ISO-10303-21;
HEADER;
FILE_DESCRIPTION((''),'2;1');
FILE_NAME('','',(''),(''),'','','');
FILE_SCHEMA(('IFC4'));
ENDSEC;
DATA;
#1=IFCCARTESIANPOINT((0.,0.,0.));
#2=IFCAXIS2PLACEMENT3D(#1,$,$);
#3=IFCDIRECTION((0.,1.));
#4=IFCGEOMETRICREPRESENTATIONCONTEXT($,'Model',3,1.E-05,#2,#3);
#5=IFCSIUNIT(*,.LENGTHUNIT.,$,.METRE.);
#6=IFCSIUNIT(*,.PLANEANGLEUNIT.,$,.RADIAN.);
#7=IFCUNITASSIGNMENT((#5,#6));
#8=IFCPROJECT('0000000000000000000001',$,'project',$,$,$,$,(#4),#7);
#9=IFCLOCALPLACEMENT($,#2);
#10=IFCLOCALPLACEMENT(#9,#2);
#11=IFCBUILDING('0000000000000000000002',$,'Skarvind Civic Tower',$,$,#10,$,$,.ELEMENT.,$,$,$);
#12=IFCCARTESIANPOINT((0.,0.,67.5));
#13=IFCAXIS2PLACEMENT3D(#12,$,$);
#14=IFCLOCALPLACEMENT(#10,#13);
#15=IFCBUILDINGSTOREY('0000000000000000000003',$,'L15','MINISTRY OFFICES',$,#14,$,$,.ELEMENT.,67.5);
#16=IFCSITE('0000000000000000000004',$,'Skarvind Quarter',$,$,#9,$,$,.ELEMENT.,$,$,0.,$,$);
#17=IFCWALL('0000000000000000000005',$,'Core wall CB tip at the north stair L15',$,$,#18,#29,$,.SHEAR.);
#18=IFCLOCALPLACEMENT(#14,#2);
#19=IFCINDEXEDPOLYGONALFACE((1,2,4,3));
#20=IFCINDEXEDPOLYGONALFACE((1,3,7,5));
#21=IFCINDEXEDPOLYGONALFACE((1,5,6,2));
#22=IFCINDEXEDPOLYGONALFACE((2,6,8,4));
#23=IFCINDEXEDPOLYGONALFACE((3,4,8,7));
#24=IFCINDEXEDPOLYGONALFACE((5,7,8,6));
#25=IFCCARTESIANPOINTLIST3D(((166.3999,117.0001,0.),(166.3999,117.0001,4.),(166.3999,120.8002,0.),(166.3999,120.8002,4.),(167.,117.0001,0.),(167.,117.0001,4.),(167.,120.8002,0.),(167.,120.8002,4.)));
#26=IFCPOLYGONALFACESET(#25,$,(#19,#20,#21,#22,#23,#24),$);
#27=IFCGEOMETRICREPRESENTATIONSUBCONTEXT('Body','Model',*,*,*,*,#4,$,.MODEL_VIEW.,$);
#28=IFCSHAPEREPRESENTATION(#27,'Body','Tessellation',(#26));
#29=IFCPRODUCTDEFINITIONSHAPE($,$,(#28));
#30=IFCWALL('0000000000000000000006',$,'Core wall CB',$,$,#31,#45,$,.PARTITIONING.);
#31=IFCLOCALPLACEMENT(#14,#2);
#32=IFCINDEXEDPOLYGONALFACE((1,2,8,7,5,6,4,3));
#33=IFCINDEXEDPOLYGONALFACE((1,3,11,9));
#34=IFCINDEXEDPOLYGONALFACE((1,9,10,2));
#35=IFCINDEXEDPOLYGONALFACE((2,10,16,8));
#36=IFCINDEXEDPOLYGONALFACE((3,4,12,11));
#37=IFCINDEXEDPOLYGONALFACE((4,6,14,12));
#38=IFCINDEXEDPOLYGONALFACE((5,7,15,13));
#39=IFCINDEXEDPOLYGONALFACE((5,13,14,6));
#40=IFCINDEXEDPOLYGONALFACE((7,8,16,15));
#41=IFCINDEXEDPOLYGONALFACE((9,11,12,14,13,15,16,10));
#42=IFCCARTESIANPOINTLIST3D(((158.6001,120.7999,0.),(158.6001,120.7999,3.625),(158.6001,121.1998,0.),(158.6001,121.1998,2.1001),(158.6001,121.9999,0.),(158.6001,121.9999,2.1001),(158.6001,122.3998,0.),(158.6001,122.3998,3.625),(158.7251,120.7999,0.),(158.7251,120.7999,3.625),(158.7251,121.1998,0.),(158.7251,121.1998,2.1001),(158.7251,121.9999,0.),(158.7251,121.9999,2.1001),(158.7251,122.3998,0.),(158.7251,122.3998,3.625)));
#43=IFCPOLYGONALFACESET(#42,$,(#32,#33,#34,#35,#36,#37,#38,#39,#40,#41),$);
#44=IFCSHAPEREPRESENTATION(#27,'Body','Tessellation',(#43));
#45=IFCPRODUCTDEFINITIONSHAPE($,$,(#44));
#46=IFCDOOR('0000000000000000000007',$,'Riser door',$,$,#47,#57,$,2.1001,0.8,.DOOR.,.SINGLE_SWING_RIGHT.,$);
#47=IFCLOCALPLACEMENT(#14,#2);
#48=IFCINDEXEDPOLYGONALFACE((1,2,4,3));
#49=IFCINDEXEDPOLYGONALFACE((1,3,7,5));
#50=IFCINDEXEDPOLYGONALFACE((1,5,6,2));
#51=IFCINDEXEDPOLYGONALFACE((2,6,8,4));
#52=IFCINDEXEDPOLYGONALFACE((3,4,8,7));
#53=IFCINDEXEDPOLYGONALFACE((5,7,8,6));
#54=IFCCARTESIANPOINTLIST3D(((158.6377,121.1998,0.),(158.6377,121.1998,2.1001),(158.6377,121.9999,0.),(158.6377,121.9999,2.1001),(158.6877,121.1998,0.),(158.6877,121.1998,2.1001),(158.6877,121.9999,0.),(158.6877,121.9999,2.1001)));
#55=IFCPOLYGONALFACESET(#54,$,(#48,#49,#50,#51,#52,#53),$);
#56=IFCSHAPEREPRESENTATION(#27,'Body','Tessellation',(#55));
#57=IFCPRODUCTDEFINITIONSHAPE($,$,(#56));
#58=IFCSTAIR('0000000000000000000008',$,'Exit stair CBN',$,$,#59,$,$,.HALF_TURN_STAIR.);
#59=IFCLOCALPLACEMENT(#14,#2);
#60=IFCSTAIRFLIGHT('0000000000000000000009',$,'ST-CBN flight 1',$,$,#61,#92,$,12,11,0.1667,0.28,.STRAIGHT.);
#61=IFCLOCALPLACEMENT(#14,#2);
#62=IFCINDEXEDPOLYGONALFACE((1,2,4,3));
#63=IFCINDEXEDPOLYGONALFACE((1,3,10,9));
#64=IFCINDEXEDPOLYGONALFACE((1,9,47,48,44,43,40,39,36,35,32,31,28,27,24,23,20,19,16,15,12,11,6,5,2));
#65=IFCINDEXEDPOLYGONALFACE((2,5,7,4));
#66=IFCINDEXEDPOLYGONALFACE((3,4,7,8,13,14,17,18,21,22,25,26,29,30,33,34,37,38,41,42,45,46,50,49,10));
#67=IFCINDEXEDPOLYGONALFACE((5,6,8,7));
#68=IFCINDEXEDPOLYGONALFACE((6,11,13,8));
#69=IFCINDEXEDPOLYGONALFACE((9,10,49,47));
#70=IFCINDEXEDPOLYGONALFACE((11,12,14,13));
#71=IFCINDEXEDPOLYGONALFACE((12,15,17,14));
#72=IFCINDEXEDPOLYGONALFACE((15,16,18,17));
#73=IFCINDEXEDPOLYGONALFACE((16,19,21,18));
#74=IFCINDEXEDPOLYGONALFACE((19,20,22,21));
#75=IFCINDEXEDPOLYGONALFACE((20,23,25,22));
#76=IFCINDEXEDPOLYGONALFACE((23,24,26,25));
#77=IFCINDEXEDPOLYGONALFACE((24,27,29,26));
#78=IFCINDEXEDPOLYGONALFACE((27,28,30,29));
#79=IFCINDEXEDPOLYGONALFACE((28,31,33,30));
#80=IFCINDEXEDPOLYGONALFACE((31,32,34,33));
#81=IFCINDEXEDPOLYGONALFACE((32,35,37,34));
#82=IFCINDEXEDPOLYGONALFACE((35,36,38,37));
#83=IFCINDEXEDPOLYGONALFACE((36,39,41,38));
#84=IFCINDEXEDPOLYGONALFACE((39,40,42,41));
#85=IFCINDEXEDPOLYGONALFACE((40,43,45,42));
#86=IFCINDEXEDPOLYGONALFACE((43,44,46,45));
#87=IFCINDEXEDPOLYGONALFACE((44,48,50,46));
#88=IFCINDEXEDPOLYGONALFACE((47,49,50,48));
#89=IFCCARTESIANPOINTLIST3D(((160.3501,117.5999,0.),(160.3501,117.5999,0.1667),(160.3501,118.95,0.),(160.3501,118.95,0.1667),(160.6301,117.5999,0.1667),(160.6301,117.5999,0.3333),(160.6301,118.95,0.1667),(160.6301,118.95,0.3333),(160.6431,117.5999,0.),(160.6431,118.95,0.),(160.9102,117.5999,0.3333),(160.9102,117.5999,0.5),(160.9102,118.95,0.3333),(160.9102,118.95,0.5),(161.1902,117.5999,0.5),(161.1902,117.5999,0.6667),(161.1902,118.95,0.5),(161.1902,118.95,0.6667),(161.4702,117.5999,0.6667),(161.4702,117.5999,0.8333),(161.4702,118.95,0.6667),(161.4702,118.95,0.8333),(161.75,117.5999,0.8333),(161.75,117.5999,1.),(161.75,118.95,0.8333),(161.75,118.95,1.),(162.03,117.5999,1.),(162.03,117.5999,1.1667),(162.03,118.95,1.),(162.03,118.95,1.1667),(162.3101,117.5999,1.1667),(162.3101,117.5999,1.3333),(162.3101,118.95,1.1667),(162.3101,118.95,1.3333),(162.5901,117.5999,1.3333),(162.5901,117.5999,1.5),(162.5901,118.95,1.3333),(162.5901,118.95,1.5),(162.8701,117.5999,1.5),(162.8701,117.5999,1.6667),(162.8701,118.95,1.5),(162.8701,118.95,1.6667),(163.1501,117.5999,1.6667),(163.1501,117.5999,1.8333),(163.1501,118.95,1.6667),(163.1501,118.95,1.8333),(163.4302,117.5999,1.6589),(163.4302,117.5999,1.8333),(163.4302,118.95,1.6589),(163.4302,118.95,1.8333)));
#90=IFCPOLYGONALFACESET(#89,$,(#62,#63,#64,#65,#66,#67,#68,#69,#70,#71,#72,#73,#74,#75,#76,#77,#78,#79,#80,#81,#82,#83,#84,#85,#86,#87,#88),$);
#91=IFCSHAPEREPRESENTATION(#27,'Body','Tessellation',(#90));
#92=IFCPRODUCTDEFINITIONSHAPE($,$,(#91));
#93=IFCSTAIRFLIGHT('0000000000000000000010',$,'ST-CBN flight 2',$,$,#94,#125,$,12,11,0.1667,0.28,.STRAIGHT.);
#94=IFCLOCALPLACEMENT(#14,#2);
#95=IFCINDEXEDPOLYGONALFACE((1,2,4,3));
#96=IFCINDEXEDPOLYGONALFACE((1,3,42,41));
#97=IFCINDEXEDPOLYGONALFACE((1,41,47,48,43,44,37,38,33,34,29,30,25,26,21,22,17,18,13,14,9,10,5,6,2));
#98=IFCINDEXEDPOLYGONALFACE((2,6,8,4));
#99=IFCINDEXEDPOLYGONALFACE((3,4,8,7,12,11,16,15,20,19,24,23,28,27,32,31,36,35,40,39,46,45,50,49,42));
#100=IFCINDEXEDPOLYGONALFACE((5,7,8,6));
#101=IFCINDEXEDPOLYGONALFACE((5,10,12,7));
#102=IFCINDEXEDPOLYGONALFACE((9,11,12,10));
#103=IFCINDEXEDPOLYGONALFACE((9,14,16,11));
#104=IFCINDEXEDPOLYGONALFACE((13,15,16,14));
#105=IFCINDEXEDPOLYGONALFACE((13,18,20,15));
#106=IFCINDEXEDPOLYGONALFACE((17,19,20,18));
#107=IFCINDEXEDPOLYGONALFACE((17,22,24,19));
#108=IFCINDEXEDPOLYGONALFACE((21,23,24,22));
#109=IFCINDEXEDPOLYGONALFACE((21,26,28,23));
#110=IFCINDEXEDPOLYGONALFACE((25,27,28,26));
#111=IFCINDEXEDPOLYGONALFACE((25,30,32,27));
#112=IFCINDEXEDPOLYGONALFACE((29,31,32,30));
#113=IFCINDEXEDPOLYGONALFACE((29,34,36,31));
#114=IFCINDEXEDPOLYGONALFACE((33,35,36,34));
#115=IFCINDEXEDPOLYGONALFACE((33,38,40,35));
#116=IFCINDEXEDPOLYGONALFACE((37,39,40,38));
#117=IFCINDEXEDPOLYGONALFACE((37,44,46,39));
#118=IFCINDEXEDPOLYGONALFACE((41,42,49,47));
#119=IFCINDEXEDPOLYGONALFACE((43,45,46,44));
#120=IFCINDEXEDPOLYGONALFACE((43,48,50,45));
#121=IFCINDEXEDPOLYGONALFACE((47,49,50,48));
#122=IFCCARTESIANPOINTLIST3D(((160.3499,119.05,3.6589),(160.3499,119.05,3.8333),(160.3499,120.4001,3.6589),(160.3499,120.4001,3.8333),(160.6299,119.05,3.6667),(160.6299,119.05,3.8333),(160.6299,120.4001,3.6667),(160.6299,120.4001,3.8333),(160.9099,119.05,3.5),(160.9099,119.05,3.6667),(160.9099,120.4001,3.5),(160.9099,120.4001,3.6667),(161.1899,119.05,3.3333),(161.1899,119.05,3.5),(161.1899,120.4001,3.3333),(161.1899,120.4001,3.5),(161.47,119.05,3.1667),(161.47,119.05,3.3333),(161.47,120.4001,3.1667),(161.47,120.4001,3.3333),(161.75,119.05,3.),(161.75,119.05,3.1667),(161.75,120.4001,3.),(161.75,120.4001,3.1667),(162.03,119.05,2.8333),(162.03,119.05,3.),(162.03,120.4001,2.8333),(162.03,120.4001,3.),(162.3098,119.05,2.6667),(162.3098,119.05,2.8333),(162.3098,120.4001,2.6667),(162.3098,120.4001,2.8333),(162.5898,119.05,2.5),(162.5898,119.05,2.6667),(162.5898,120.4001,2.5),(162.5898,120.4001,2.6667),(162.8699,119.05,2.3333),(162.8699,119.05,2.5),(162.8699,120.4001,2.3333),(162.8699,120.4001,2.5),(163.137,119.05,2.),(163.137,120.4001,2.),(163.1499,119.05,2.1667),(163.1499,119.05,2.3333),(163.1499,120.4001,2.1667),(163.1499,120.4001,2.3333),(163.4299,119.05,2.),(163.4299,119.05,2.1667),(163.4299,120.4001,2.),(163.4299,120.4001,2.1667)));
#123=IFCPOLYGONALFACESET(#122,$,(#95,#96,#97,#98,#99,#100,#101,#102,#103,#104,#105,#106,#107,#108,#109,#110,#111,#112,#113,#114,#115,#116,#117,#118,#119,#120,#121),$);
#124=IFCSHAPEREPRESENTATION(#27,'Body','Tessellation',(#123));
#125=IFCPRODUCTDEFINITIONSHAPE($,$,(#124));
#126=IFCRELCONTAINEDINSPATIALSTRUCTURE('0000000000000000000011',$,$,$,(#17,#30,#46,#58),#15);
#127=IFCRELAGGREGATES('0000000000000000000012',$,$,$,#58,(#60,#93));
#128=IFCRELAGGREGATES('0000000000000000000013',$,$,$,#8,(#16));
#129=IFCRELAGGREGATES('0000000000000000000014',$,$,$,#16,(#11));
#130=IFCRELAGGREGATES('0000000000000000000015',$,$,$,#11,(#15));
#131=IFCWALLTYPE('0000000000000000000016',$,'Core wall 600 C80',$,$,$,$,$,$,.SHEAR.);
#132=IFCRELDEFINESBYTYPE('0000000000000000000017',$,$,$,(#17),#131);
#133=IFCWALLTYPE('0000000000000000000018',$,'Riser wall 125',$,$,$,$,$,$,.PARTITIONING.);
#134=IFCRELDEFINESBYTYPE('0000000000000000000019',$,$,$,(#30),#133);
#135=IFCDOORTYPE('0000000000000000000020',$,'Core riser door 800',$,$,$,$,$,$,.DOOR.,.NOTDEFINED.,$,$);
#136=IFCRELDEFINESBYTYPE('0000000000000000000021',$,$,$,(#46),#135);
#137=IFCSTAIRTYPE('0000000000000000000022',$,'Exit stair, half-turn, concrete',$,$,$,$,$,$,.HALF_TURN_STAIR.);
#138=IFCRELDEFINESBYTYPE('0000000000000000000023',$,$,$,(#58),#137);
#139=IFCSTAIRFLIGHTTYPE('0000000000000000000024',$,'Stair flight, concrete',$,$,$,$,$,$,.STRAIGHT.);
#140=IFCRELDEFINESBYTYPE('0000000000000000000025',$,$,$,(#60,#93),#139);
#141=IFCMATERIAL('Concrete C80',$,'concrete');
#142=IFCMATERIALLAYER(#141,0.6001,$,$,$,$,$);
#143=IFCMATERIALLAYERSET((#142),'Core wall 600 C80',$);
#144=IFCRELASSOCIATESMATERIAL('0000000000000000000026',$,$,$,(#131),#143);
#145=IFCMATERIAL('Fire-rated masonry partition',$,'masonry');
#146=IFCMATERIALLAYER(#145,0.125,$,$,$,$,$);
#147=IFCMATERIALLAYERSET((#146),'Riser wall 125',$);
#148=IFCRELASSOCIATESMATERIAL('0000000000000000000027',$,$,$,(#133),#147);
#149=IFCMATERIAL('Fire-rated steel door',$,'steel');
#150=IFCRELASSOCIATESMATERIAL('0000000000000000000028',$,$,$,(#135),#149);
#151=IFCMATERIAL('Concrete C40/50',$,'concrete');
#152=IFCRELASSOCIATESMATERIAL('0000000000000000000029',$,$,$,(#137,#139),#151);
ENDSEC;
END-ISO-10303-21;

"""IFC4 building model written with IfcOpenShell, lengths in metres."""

from ifc_helpers import new_model, si_unit, direction, frame, frame_2d, origin, place, context, subcontext, project, spatial, polyline, rectangle, outline, extrude, material, layer, layer_set, type_object, element, fill, aggregate, save


model = new_model("IFC4")

# Units and contexts
model_context = context("Model", 3, precision=1e-05, world=origin(), true_north=direction((0.0, 1.0)))
body_context = subcontext(model_context, "Body", "Model", "MODEL_VIEW")
ifc_project = project(units=[si_unit("LENGTHUNIT", "METRE"), si_unit("PLANEANGLEUNIT", "RADIAN")], contexts=[model_context])

# Site, building, storey
site_placement = place(None, origin())
site = spatial("IfcSite", under=ifc_project, at=site_placement, Name="Skarvind Quarter", CompositionType="ELEMENT", RefElevation=0.0)
building_placement = place(site_placement, origin())
building = spatial("IfcBuilding", under=site, at=building_placement, Name="Skarvind Civic Tower", CompositionType="ELEMENT")
storey_placement = place(building_placement, frame((0.0, 0.0, 67.5)))
storey = spatial("IfcBuildingStorey", under=building, at=storey_placement, Name="L15", Description="MINISTRY OFFICES", CompositionType="ELEMENT", Elevation=67.5)

# Shared definitions
ifc_material_1 = material(Name="Fire-rated masonry partition", Category="masonry")
ifc_material_2 = material(Name="Fire-rated steel door", Category="steel")

# Shared definitions
ifc_material_3 = material(Name="Concrete C80", Category="concrete")

# Wall
ifc_layer_1 = layer(ifc_material_3, 0.6001)
ifc_layer_set_1 = layer_set([ifc_layer_1], Name="Core wall 600 C80")
wall_type_1 = type_object("IfcWallType", Name="Core wall 600 C80", PredefinedType="SHEAR", material=ifc_layer_set_1)
wall_1_placement = place(storey_placement, frame((166.7, 120.8, 0.0), z_axis=(0.0, 0.0, 1.0), x_axis=(0.0, -1.0, 0.0)))
element("IfcWall", 1, at=wall_1_placement, inside=storey, type_object=wall_type_1, Name="Core wall CB tip at the north stair L15", PredefinedType="SHEAR", context=body_context, shape_type="SweptSolid", body=[
    extrude(rectangle(XDim=3.8, YDim=0.6001, at=frame_2d((1.8999, 0.0))), origin(), (0.0, 0.0, 1.0), 4.0),
])

# Wall, opening, door
ifc_layer_2 = layer(ifc_material_1, 0.125)
ifc_layer_set_2 = layer_set([ifc_layer_2], Name="Riser wall 125")
wall_type_2 = type_object("IfcWallType", Name="Riser wall 125", PredefinedType="PARTITIONING", material=ifc_layer_set_2)
wall_2_placement = place(storey_placement, frame((158.6626, 120.8, 0.0), z_axis=(0.0, 0.0, 1.0), x_axis=(0.0, 1.0, 0.0)))
wall_2 = element("IfcWall", 2, at=wall_2_placement, inside=storey, type_object=wall_type_2, Name="Core wall CB", PredefinedType="PARTITIONING", context=body_context, shape_type="SweptSolid", body=[
    extrude(rectangle(XDim=1.5999, YDim=0.125, at=frame_2d((0.7998, 0.0))), origin(), (0.0, 0.0, 1.0), 3.625),
])
opening_1_placement = place(wall_2_placement, frame((0.3999, 0.0, 0.0)))
opening_1 = element("IfcOpeningElement", 3, at=opening_1_placement, cuts=wall_2, PredefinedType="OPENING", context=body_context, shape_type="SweptSolid", body=[
    extrude(rectangle(XDim=0.8, YDim=2.1001, at=frame_2d((0.3999, 1.05))), frame((0.0, 0.0725, 0.0), z_axis=(0.0, -1.0, 0.0), x_axis=(1.0, 0.0, 0.0)), (0.0, 0.0, 1.0), 0.145),
])
door_type_1 = type_object("IfcDoorType", Name="Core riser door 800", OperationType="NOTDEFINED", PredefinedType="DOOR", material=ifc_material_2)
door_1_placement = place(opening_1_placement, origin())
door_1 = element("IfcDoor", 4, at=door_1_placement, inside=storey, type_object=door_type_1, Name="Riser door", OperationType="SINGLE_SWING_RIGHT", OverallHeight=2.1001, OverallWidth=0.8, PredefinedType="DOOR", context=body_context, shape_type="SweptSolid", body=[
    extrude(rectangle(XDim=0.8, YDim=2.1001, at=frame_2d((0.3999, 1.05))), frame((0.0, 0.0249, 0.0), z_axis=(0.0, -1.0, 0.0), x_axis=(1.0, 0.0, 0.0)), (0.0, 0.0, 1.0), 0.05),
])
fill(opening_1, door_1)

# Stair, stair flights
ifc_material_4 = material(Name="Concrete C40/50", Category="concrete")
stair_type = type_object("IfcStairType", Name="Exit stair, half-turn, concrete", PredefinedType="HALF_TURN_STAIR", material=ifc_material_4)
stair_placement = place(storey_placement, origin())
stair = element("IfcStair", 5, at=stair_placement, inside=storey, type_object=stair_type, Name="Exit stair CBN", PredefinedType="HALF_TURN_STAIR")
stair_flight_type = type_object("IfcStairFlightType", Name="Stair flight, concrete", PredefinedType="STRAIGHT", material=ifc_material_4)
stair_flight_1_placement = place(storey_placement, frame((160.3501, 118.2749, 0.0), z_axis=(0.0, 0.0, 1.0), x_axis=(1.0, 0.0, 0.0)))
stair_flight_1 = element("IfcStairFlight", 6, at=stair_flight_1_placement, type_object=stair_flight_type, Name="ST-CBN flight 1", NumberOfRisers=12, NumberOfTreads=11, PredefinedType="STRAIGHT", RiserHeight=0.1667, TreadLength=0.28, context=body_context, shape_type="SweptSolid", body=[
    extrude(outline(polyline([(0.0, 0.0), (0.0, 0.1667), (0.28, 0.1667), (0.28, 0.3333), (0.5601, 0.3333), (0.5601, 0.5), (0.8401, 0.5), (0.8401, 0.6667), (1.1201, 0.6667), (1.1201, 0.8333), (1.3999, 0.8333), (1.3999, 1.0), (1.6799, 1.0), (1.6799, 1.1667), (1.96, 1.1667), (1.96, 1.3333), (2.24, 1.3333), (2.24, 1.5), (2.52, 1.5), (2.52, 1.6667), (2.8, 1.6667), (2.8, 1.8333), (3.0801, 1.8333), (3.0801, 2.0), (3.0801, 1.6589), (0.293, 0.0), (0.0, 0.0)])), frame((0.0, 0.675, 0.0), z_axis=(0.0, -1.0, 0.0), x_axis=(1.0, 0.0, 0.0)), (0.0, 0.0, 1.0), 1.3501),
])
stair_flight_2_placement = place(storey_placement, frame((163.4299, 119.7251, 2.0), z_axis=(0.0, 0.0, 1.0), x_axis=(-1.0, 0.0, 0.0)))
stair_flight_2 = element("IfcStairFlight", 7, at=stair_flight_2_placement, type_object=stair_flight_type, Name="ST-CBN flight 2", NumberOfRisers=12, NumberOfTreads=11, PredefinedType="STRAIGHT", RiserHeight=0.1667, TreadLength=0.28, context=body_context, shape_type="SweptSolid", body=[
    extrude(outline(polyline([(0.0, 0.0), (0.0, 0.1667), (0.28, 0.1667), (0.28, 0.3333), (0.5601, 0.3333), (0.5601, 0.5), (0.8401, 0.5), (0.8401, 0.6667), (1.1201, 0.6667), (1.1201, 0.8333), (1.3999, 0.8333), (1.3999, 1.0), (1.6799, 1.0), (1.6799, 1.1667), (1.96, 1.1667), (1.96, 1.3333), (2.24, 1.3333), (2.24, 1.5), (2.52, 1.5), (2.52, 1.6667), (2.8, 1.6667), (2.8, 1.8333), (3.0801, 1.8333), (3.0801, 2.0), (3.0801, 1.6589), (0.293, 0.0), (0.0, 0.0)])), frame((0.0, 0.675, 0.0), z_axis=(0.0, -1.0, 0.0), x_axis=(1.0, 0.0, 0.0)), (0.0, 0.0, 1.0), 1.3501),
])
aggregate(stair, [stair_flight_1, stair_flight_2])

save(model, "model.ifc")
